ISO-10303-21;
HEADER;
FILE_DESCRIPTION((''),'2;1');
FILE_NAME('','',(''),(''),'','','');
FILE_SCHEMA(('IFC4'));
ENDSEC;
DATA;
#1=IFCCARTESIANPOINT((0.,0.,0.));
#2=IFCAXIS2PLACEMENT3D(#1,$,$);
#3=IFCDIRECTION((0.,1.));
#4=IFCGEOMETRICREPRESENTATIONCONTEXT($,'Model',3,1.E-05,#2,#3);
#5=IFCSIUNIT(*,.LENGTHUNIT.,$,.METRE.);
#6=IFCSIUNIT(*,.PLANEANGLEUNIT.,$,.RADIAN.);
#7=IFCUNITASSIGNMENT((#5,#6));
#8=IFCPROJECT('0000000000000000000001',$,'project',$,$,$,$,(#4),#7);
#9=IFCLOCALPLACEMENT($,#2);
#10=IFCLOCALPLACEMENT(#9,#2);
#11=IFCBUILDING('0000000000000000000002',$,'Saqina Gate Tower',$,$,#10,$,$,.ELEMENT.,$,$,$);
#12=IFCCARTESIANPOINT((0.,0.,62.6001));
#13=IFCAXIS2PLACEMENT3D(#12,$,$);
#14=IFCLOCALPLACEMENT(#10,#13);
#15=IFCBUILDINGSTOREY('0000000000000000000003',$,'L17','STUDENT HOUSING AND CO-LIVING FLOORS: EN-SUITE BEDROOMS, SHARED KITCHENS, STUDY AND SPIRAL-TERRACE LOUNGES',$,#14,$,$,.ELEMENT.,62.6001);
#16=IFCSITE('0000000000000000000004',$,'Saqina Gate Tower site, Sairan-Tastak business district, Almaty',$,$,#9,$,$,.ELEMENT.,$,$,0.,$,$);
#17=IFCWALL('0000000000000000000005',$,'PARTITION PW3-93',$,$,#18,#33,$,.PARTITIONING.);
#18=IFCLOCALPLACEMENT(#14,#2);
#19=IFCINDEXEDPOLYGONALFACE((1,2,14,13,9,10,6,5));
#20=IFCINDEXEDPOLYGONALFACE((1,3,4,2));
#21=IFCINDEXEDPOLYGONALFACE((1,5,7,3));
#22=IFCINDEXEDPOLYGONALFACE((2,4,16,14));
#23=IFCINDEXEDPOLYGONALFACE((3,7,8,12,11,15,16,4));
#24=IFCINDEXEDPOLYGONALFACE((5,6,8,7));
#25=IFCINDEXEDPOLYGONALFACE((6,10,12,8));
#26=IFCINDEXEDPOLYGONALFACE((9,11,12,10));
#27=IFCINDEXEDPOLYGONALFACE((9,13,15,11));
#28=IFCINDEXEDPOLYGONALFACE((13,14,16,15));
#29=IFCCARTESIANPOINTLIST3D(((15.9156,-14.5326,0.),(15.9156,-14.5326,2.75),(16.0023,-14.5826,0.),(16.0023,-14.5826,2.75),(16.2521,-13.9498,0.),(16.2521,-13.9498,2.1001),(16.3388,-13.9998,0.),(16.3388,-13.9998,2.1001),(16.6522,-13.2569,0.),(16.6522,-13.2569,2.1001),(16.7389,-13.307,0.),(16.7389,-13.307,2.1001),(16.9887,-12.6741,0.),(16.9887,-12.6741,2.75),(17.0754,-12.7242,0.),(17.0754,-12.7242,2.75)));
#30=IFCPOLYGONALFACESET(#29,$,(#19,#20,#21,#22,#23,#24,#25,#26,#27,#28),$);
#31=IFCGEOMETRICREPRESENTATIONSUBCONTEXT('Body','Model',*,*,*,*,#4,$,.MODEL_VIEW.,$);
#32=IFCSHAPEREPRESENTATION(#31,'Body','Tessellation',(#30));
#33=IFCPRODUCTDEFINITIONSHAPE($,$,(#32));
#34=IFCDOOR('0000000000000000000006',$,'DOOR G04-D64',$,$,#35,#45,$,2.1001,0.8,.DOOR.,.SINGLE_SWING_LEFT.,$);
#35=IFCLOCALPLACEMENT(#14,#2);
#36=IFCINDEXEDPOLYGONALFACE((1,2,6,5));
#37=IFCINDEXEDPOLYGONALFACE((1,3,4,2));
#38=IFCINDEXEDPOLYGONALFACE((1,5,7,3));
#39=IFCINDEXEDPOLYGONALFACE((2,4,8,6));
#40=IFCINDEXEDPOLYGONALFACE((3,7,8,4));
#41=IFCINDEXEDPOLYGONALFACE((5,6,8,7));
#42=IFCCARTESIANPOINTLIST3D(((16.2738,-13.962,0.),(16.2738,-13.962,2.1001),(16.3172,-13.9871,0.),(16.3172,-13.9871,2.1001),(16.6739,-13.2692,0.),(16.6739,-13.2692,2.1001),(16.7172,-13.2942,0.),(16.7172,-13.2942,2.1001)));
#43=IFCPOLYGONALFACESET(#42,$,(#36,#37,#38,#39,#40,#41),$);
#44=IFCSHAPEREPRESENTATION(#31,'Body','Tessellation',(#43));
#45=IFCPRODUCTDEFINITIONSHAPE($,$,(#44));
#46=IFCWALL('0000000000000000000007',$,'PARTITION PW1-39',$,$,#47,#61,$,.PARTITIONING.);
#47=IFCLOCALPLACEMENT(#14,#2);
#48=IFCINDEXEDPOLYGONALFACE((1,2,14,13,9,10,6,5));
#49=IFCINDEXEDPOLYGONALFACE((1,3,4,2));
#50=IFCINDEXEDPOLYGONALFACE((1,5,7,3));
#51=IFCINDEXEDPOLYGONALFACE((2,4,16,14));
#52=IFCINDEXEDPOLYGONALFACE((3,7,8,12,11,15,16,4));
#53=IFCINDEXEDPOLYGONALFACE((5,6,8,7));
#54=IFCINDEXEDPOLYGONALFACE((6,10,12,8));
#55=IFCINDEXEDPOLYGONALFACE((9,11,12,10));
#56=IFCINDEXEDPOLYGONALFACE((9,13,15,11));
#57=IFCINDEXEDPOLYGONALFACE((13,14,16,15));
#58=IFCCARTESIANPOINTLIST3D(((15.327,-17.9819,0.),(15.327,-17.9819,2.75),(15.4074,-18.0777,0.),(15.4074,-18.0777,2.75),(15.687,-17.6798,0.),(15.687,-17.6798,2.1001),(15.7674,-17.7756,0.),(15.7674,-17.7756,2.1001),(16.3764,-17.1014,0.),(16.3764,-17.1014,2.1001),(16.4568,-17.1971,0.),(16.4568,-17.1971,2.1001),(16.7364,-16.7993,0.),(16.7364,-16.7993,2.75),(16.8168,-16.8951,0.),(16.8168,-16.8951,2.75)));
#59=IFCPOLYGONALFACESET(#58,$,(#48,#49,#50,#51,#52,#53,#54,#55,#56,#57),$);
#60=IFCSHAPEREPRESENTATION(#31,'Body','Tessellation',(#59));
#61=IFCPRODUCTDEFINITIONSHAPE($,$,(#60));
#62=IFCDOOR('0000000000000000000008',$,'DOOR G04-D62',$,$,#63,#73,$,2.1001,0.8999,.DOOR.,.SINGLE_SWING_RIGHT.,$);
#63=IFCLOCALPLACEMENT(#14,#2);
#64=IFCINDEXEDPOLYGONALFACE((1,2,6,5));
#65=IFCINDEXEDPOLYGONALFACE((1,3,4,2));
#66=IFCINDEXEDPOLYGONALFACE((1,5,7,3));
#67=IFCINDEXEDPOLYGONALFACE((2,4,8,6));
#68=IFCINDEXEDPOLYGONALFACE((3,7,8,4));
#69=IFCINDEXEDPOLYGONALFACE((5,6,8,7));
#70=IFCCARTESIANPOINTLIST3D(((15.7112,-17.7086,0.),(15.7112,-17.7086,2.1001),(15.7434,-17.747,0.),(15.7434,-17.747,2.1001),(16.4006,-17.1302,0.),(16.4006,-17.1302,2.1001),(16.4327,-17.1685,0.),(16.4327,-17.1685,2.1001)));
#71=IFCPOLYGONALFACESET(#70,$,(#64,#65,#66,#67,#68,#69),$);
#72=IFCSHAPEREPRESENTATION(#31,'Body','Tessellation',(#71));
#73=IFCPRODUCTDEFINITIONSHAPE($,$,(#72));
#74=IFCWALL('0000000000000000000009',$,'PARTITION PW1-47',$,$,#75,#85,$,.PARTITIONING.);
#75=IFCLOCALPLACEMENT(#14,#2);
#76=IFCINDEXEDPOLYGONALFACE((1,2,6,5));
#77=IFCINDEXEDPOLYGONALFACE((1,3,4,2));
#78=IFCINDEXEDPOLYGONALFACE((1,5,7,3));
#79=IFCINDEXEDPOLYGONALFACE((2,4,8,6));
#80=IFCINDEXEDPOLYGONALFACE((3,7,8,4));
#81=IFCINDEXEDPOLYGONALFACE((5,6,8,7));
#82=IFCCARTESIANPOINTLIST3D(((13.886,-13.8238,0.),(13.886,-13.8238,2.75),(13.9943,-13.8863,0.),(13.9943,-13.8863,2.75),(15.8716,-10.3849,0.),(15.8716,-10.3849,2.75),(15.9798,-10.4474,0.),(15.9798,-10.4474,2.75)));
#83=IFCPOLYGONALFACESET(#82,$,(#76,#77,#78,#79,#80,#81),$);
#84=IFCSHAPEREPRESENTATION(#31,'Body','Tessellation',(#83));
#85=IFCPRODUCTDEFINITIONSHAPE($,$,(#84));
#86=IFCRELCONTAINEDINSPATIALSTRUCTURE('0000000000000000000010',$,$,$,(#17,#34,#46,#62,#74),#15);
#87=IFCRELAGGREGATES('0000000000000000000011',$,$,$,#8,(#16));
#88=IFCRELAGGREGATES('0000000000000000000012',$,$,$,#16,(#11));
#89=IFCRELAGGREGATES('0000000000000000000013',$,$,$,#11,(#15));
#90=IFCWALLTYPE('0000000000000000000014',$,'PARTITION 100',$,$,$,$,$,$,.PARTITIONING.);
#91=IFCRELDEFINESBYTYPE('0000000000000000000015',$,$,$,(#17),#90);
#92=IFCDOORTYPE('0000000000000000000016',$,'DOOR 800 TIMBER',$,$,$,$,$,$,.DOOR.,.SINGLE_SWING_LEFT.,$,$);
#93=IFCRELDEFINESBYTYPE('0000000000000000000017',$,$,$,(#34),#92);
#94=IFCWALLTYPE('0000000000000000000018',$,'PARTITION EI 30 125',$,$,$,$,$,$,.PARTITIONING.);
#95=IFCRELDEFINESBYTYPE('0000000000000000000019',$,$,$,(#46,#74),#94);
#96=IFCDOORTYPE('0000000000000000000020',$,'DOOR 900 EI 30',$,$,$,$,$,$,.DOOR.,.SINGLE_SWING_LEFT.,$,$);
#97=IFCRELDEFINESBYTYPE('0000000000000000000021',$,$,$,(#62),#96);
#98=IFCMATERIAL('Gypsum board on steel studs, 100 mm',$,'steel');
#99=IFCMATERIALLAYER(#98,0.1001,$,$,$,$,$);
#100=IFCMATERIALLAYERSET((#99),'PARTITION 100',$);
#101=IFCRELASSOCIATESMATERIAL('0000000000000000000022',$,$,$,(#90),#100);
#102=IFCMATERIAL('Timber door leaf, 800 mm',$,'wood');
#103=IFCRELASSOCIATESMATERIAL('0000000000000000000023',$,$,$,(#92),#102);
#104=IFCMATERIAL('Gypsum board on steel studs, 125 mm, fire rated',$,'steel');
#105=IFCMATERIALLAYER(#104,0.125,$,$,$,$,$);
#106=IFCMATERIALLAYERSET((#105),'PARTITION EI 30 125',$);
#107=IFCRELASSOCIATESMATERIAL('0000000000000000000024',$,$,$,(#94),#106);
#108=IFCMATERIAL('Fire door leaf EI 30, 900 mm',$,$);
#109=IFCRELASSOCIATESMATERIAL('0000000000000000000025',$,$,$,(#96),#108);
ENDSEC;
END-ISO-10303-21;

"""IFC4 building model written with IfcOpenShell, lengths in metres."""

from ifc_helpers import new_model, si_unit, direction, frame, frame_2d, origin, place, context, subcontext, project, spatial, rectangle, extrude, material, layer, layer_set, type_object, element, fill, save


model = new_model("IFC4")

# Units and contexts
model_context = context("Model", 3, precision=1e-05, world=origin(), true_north=direction((0.0, 1.0)))
body_context = subcontext(model_context, "Body", "Model", "MODEL_VIEW")
ifc_project = project(units=[si_unit("LENGTHUNIT", "METRE"), si_unit("PLANEANGLEUNIT", "RADIAN")], contexts=[model_context])

# Site, building, storey
site_placement = place(None, origin())
site = spatial("IfcSite", under=ifc_project, at=site_placement, Name="Saqina Gate Tower site, Sairan-Tastak business district, Almaty", CompositionType="ELEMENT", RefElevation=0.0)
building_placement = place(site_placement, origin())
building = spatial("IfcBuilding", under=site, at=building_placement, Name="Saqina Gate Tower", CompositionType="ELEMENT")
storey_placement = place(building_placement, frame((0.0, 0.0, 62.6001)))
storey = spatial("IfcBuildingStorey", under=building, at=storey_placement, Name="L17", Description="STUDENT HOUSING AND CO-LIVING FLOORS: EN-SUITE BEDROOMS, SHARED KITCHENS, STUDY AND SPIRAL-TERRACE LOUNGES", CompositionType="ELEMENT", Elevation=62.6001)

# Shared definitions
ifc_material_1 = material(Name="Gypsum board on steel studs, 100 mm", Category="steel")
ifc_layer_1 = layer(ifc_material_1, 0.1001)
ifc_layer_set_1 = layer_set([ifc_layer_1], Name="PARTITION 100")
wall_type_1 = type_object("IfcWallType", Name="PARTITION 100", PredefinedType="PARTITIONING", material=ifc_layer_set_1)

# Shared definitions
ifc_material_2 = material(Name="Timber door leaf, 800 mm", Category="wood")
door_type_1 = type_object("IfcDoorType", Name="DOOR 800 TIMBER", OperationType="SINGLE_SWING_LEFT", PredefinedType="DOOR", material=ifc_material_2)

# Walls, openings, doors
wall_1_placement = place(storey_placement, frame((15.959, -14.5576, 0.0), z_axis=(0.0, 0.0, 1.0), x_axis=(0.500018, 0.866015, 0.0)))
wall_1 = element("IfcWall", 1, at=wall_1_placement, inside=storey, type_object=wall_type_1, Name="PARTITION PW3-93", PredefinedType="PARTITIONING", context=body_context, shape_type="SweptSolid", body=[
    extrude(rectangle(XDim=2.146, YDim=0.1001, at=frame_2d((1.073, 0.0))), origin(), (0.0, 0.0, 1.0), 2.75),
])
opening_1_placement = place(wall_1_placement, frame((0.6731, 0.0, 0.0)))
opening_1 = element("IfcOpeningElement", 2, at=opening_1_placement, cuts=wall_1, PredefinedType="OPENING", context=body_context, shape_type="SweptSolid", body=[
    extrude(rectangle(XDim=0.8, YDim=2.1001, at=frame_2d((0.3999, 1.05))), frame((0.0, 0.062, 0.0), z_axis=(0.0, -1.0, 0.0), x_axis=(1.0, 0.0, 0.0)), (0.0, 0.0, 1.0), 0.124),
])
door_1_placement = place(opening_1_placement, frame((0.8, 0.0, 0.0), z_axis=(0.0, 0.0, 1.0), x_axis=(-1.0, 0.0, 0.0)))
door_1 = element("IfcDoor", 3, at=door_1_placement, inside=storey, type_object=door_type_1, Name="DOOR G04-D64", OperationType="SINGLE_SWING_LEFT", OverallHeight=2.1001, OverallWidth=0.8, PredefinedType="DOOR", context=body_context, shape_type="SweptSolid", body=[
    extrude(rectangle(XDim=0.8, YDim=2.1001, at=frame_2d((0.3999, 1.05))), frame((0.0, 0.0249, 0.0), z_axis=(0.0, -1.0, 0.0), x_axis=(1.0, 0.0, 0.0)), (0.0, 0.0, 1.0), 0.05),
])
fill(opening_1, door_1)
ifc_material_3 = material(Name="Gypsum board on steel studs, 125 mm, fire rated", Category="steel")
ifc_layer_2 = layer(ifc_material_3, 0.125)
ifc_layer_set_2 = layer_set([ifc_layer_2], Name="PARTITION EI 30 125")
wall_type_2 = type_object("IfcWallType", Name="PARTITION EI 30 125", PredefinedType="PARTITIONING", material=ifc_layer_set_2)
wall_2_placement = place(storey_placement, frame((15.3672, -18.0298, 0.0), z_axis=(0.0, 0.0, 1.0), x_axis=(0.766052, 0.642778, 0.0)))
wall_2 = element("IfcWall", 4, at=wall_2_placement, inside=storey, type_object=wall_type_2, Name="PARTITION PW1-39", PredefinedType="PARTITIONING", context=body_context, shape_type="SweptSolid", body=[
    extrude(rectangle(XDim=1.8398, YDim=0.125, at=frame_2d((0.9199, 0.0))), origin(), (0.0, 0.0, 1.0), 2.75),
])
opening_2_placement = place(wall_2_placement, frame((0.47, 0.0, 0.0)))
opening_2 = element("IfcOpeningElement", 5, at=opening_2_placement, cuts=wall_2, PredefinedType="OPENING", context=body_context, shape_type="SweptSolid", body=[
    extrude(rectangle(XDim=0.8999, YDim=2.1001, at=frame_2d((0.45, 1.05))), frame((0.0, 0.0745, 0.0), z_axis=(0.0, -1.0, 0.0), x_axis=(1.0, 0.0, 0.0)), (0.0, 0.0, 1.0), 0.1489),
])
ifc_material_4 = material(Name="Fire door leaf EI 30, 900 mm")
door_type_2 = type_object("IfcDoorType", Name="DOOR 900 EI 30", OperationType="SINGLE_SWING_LEFT", PredefinedType="DOOR", material=ifc_material_4)
door_2_placement = place(opening_2_placement, origin())
door_2 = element("IfcDoor", 6, at=door_2_placement, inside=storey, type_object=door_type_2, Name="DOOR G04-D62", OperationType="SINGLE_SWING_RIGHT", OverallHeight=2.1001, OverallWidth=0.8999, PredefinedType="DOOR", context=body_context, shape_type="SweptSolid", body=[
    extrude(rectangle(XDim=0.8999, YDim=2.1001, at=frame_2d((0.45, 1.05))), frame((0.0, 0.0249, 0.0), z_axis=(0.0, -1.0, 0.0), x_axis=(1.0, 0.0, 0.0)), (0.0, 0.0, 1.0), 0.05),
])
fill(opening_2, door_2)

# Wall
wall_3_placement = place(storey_placement, frame((13.9402, -13.855, 0.0), z_axis=(0.0, 0.0, 1.0), x_axis=(0.50002, 0.866014, 0.0)))
element("IfcWall", 7, at=wall_3_placement, inside=storey, type_object=wall_type_2, Name="PARTITION PW1-47", PredefinedType="PARTITIONING", context=body_context, shape_type="SweptSolid", body=[
    extrude(rectangle(XDim=3.9709, YDim=0.125, at=frame_2d((1.9854, 0.0))), origin(), (0.0, 0.0, 1.0), 2.75),
])

save(model, "model.ifc")
